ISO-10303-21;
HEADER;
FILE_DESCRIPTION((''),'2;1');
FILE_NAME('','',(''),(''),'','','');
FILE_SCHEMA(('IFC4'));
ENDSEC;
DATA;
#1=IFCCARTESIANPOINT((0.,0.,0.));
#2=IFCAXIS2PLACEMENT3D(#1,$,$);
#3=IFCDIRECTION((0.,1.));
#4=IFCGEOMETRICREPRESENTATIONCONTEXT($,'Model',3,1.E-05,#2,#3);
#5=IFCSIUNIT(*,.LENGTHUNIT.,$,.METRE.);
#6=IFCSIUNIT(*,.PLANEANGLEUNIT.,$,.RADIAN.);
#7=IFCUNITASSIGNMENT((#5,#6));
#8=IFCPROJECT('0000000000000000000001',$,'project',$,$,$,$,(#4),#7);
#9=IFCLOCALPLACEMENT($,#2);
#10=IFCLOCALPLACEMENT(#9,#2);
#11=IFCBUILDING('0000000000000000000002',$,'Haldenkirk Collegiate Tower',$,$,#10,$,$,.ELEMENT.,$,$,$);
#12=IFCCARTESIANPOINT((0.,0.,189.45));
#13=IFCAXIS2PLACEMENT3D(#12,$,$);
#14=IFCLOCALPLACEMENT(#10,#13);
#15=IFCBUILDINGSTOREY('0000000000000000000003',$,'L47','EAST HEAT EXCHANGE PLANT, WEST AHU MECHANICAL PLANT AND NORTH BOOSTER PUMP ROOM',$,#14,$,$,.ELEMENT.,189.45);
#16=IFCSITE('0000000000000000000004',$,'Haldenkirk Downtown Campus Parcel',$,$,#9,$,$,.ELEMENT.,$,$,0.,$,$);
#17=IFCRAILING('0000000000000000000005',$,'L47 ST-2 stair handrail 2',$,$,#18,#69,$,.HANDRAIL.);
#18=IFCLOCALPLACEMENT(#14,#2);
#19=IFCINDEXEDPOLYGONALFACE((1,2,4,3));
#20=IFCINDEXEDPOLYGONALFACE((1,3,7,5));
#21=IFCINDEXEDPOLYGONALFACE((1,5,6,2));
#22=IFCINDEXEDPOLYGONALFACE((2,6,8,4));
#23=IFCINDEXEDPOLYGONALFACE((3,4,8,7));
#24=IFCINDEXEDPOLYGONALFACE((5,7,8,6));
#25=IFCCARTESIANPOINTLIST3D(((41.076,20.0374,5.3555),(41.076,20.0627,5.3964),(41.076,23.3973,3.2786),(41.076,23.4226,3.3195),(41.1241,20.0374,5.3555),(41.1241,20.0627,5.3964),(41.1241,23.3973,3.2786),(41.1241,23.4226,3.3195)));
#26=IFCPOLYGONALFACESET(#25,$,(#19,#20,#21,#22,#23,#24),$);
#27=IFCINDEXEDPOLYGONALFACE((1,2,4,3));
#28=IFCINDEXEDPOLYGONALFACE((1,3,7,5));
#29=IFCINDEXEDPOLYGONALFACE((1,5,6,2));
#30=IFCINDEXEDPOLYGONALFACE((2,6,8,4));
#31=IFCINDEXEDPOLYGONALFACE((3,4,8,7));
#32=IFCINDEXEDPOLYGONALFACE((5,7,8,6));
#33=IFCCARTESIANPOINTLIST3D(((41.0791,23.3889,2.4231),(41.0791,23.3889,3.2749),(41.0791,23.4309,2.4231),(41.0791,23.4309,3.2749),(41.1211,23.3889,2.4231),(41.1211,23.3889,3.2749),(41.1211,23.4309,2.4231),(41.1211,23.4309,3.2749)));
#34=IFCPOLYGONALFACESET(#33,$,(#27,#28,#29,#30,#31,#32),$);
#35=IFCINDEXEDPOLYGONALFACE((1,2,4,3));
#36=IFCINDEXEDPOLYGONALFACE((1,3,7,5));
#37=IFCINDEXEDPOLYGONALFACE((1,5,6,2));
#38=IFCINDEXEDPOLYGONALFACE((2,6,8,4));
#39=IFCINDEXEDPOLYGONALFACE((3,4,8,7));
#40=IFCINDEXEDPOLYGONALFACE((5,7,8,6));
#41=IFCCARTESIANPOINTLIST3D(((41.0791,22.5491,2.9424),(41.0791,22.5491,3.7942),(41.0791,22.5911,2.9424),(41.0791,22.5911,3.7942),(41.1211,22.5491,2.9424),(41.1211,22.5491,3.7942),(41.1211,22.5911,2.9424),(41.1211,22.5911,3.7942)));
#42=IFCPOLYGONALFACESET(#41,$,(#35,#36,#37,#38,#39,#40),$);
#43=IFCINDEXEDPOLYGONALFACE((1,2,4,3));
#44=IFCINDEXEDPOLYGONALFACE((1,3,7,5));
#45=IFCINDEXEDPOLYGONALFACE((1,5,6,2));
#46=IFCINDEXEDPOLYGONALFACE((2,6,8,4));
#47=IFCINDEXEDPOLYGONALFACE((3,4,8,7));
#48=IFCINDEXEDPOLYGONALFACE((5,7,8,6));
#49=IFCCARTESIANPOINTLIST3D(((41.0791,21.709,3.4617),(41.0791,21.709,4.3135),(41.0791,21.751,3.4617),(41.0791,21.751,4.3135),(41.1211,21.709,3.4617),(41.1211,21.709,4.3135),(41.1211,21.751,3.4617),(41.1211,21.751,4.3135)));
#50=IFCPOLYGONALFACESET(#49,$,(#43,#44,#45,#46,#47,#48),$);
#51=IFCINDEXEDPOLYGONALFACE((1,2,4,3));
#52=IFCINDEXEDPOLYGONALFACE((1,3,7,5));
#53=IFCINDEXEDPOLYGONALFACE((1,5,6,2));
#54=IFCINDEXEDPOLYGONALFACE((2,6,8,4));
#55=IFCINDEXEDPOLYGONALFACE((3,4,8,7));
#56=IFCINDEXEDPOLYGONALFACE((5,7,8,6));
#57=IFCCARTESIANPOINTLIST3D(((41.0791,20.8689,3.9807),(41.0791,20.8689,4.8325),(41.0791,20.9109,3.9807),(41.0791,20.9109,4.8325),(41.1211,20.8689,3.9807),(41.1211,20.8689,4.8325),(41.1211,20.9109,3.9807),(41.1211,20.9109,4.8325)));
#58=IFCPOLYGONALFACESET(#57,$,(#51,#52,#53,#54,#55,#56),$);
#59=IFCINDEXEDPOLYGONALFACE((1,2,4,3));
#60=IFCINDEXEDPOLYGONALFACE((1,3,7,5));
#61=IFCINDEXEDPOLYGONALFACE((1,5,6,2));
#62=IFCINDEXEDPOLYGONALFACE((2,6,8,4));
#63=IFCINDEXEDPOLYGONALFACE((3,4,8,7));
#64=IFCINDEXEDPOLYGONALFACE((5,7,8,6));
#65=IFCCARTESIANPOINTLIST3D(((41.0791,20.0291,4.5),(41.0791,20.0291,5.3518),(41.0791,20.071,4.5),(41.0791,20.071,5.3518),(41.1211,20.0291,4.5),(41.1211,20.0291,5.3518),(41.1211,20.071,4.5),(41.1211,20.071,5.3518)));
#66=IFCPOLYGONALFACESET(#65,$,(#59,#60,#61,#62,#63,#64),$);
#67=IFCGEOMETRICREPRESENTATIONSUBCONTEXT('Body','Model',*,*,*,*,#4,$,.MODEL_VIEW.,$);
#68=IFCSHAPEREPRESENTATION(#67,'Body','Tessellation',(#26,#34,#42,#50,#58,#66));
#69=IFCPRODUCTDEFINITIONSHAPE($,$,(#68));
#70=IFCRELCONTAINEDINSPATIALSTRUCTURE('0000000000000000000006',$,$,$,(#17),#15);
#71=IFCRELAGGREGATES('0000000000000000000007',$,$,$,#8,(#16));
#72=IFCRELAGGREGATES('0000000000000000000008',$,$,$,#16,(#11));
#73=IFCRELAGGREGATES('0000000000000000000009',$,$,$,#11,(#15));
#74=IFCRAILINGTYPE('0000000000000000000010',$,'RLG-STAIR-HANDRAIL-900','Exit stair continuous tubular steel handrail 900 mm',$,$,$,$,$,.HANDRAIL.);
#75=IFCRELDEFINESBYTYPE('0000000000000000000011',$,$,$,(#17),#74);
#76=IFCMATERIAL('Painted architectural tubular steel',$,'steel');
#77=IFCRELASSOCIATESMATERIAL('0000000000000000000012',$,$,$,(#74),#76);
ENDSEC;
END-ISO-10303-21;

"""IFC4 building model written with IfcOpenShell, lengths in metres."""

from ifc_helpers import new_model, si_unit, direction, frame, origin, origin_2d, place, context, subcontext, project, spatial, rectangle, extrude, material, type_object, element, save


model = new_model("IFC4")

# Units and contexts
model_context = context("Model", 3, precision=1e-05, world=origin(), true_north=direction((0.0, 1.0)))
body_context = subcontext(model_context, "Body", "Model", "MODEL_VIEW")
ifc_project = project(units=[si_unit("LENGTHUNIT", "METRE"), si_unit("PLANEANGLEUNIT", "RADIAN")], contexts=[model_context])

# Site, building, storey
site_placement = place(None, origin())
site = spatial("IfcSite", under=ifc_project, at=site_placement, Name="Haldenkirk Downtown Campus Parcel", CompositionType="ELEMENT", RefElevation=0.0)
building_placement = place(site_placement, origin())
building = spatial("IfcBuilding", under=site, at=building_placement, Name="Haldenkirk Collegiate Tower", CompositionType="ELEMENT")
storey_placement = place(building_placement, frame((0.0, 0.0, 189.45)))
storey = spatial("IfcBuildingStorey", under=building, at=storey_placement, Name="L47", Description="EAST HEAT EXCHANGE PLANT, WEST AHU MECHANICAL PLANT AND NORTH BOOSTER PUMP ROOM", CompositionType="ELEMENT", Elevation=189.45)

# Railing
ifc_material_1 = material(Name="Painted architectural tubular steel", Category="steel")
railing_type_1 = type_object("IfcRailingType", Name="RLG-STAIR-HANDRAIL-900", Description="Exit stair continuous tubular steel handrail 900 mm", PredefinedType="HANDRAIL", material=ifc_material_1)
railing_1_placement = place(storey_placement, frame((41.1001, 23.4099, 2.4231)))
element("IfcRailing", 1, at=railing_1_placement, inside=storey, type_object=railing_type_1, Name="L47 ST-2 stair handrail 2", PredefinedType="HANDRAIL", context=body_context, shape_type="SweptSolid", body=[
    extrude(rectangle(XDim=0.0481, YDim=0.0481, at=origin_2d()), frame((0.0, 0.0, 0.876), z_axis=(0.0, -0.850606, 0.525803), x_axis=(1.0, 0.0, 0.0)), (0.0, 0.0, 1.0), 3.95),
    extrude(rectangle(XDim=0.042, YDim=0.042, at=origin_2d()), origin(), (0.0, 0.0, 1.0), 0.8518),
    extrude(rectangle(XDim=0.042, YDim=0.042, at=origin_2d()), frame((0.0, -0.8398, 0.5193)), (0.0, 0.0, 1.0), 0.8518),
    extrude(rectangle(XDim=0.042, YDim=0.042, at=origin_2d()), frame((0.0, -1.6799, 1.0386)), (0.0, 0.0, 1.0), 0.8518),
    extrude(rectangle(XDim=0.042, YDim=0.042, at=origin_2d()), frame((0.0, -2.52, 1.5576)), (0.0, 0.0, 1.0), 0.8518),
    extrude(rectangle(XDim=0.042, YDim=0.042, at=origin_2d()), frame((0.0, -3.3599, 2.0769)), (0.0, 0.0, 1.0), 0.8518),
])

save(model, "model.ifc")
